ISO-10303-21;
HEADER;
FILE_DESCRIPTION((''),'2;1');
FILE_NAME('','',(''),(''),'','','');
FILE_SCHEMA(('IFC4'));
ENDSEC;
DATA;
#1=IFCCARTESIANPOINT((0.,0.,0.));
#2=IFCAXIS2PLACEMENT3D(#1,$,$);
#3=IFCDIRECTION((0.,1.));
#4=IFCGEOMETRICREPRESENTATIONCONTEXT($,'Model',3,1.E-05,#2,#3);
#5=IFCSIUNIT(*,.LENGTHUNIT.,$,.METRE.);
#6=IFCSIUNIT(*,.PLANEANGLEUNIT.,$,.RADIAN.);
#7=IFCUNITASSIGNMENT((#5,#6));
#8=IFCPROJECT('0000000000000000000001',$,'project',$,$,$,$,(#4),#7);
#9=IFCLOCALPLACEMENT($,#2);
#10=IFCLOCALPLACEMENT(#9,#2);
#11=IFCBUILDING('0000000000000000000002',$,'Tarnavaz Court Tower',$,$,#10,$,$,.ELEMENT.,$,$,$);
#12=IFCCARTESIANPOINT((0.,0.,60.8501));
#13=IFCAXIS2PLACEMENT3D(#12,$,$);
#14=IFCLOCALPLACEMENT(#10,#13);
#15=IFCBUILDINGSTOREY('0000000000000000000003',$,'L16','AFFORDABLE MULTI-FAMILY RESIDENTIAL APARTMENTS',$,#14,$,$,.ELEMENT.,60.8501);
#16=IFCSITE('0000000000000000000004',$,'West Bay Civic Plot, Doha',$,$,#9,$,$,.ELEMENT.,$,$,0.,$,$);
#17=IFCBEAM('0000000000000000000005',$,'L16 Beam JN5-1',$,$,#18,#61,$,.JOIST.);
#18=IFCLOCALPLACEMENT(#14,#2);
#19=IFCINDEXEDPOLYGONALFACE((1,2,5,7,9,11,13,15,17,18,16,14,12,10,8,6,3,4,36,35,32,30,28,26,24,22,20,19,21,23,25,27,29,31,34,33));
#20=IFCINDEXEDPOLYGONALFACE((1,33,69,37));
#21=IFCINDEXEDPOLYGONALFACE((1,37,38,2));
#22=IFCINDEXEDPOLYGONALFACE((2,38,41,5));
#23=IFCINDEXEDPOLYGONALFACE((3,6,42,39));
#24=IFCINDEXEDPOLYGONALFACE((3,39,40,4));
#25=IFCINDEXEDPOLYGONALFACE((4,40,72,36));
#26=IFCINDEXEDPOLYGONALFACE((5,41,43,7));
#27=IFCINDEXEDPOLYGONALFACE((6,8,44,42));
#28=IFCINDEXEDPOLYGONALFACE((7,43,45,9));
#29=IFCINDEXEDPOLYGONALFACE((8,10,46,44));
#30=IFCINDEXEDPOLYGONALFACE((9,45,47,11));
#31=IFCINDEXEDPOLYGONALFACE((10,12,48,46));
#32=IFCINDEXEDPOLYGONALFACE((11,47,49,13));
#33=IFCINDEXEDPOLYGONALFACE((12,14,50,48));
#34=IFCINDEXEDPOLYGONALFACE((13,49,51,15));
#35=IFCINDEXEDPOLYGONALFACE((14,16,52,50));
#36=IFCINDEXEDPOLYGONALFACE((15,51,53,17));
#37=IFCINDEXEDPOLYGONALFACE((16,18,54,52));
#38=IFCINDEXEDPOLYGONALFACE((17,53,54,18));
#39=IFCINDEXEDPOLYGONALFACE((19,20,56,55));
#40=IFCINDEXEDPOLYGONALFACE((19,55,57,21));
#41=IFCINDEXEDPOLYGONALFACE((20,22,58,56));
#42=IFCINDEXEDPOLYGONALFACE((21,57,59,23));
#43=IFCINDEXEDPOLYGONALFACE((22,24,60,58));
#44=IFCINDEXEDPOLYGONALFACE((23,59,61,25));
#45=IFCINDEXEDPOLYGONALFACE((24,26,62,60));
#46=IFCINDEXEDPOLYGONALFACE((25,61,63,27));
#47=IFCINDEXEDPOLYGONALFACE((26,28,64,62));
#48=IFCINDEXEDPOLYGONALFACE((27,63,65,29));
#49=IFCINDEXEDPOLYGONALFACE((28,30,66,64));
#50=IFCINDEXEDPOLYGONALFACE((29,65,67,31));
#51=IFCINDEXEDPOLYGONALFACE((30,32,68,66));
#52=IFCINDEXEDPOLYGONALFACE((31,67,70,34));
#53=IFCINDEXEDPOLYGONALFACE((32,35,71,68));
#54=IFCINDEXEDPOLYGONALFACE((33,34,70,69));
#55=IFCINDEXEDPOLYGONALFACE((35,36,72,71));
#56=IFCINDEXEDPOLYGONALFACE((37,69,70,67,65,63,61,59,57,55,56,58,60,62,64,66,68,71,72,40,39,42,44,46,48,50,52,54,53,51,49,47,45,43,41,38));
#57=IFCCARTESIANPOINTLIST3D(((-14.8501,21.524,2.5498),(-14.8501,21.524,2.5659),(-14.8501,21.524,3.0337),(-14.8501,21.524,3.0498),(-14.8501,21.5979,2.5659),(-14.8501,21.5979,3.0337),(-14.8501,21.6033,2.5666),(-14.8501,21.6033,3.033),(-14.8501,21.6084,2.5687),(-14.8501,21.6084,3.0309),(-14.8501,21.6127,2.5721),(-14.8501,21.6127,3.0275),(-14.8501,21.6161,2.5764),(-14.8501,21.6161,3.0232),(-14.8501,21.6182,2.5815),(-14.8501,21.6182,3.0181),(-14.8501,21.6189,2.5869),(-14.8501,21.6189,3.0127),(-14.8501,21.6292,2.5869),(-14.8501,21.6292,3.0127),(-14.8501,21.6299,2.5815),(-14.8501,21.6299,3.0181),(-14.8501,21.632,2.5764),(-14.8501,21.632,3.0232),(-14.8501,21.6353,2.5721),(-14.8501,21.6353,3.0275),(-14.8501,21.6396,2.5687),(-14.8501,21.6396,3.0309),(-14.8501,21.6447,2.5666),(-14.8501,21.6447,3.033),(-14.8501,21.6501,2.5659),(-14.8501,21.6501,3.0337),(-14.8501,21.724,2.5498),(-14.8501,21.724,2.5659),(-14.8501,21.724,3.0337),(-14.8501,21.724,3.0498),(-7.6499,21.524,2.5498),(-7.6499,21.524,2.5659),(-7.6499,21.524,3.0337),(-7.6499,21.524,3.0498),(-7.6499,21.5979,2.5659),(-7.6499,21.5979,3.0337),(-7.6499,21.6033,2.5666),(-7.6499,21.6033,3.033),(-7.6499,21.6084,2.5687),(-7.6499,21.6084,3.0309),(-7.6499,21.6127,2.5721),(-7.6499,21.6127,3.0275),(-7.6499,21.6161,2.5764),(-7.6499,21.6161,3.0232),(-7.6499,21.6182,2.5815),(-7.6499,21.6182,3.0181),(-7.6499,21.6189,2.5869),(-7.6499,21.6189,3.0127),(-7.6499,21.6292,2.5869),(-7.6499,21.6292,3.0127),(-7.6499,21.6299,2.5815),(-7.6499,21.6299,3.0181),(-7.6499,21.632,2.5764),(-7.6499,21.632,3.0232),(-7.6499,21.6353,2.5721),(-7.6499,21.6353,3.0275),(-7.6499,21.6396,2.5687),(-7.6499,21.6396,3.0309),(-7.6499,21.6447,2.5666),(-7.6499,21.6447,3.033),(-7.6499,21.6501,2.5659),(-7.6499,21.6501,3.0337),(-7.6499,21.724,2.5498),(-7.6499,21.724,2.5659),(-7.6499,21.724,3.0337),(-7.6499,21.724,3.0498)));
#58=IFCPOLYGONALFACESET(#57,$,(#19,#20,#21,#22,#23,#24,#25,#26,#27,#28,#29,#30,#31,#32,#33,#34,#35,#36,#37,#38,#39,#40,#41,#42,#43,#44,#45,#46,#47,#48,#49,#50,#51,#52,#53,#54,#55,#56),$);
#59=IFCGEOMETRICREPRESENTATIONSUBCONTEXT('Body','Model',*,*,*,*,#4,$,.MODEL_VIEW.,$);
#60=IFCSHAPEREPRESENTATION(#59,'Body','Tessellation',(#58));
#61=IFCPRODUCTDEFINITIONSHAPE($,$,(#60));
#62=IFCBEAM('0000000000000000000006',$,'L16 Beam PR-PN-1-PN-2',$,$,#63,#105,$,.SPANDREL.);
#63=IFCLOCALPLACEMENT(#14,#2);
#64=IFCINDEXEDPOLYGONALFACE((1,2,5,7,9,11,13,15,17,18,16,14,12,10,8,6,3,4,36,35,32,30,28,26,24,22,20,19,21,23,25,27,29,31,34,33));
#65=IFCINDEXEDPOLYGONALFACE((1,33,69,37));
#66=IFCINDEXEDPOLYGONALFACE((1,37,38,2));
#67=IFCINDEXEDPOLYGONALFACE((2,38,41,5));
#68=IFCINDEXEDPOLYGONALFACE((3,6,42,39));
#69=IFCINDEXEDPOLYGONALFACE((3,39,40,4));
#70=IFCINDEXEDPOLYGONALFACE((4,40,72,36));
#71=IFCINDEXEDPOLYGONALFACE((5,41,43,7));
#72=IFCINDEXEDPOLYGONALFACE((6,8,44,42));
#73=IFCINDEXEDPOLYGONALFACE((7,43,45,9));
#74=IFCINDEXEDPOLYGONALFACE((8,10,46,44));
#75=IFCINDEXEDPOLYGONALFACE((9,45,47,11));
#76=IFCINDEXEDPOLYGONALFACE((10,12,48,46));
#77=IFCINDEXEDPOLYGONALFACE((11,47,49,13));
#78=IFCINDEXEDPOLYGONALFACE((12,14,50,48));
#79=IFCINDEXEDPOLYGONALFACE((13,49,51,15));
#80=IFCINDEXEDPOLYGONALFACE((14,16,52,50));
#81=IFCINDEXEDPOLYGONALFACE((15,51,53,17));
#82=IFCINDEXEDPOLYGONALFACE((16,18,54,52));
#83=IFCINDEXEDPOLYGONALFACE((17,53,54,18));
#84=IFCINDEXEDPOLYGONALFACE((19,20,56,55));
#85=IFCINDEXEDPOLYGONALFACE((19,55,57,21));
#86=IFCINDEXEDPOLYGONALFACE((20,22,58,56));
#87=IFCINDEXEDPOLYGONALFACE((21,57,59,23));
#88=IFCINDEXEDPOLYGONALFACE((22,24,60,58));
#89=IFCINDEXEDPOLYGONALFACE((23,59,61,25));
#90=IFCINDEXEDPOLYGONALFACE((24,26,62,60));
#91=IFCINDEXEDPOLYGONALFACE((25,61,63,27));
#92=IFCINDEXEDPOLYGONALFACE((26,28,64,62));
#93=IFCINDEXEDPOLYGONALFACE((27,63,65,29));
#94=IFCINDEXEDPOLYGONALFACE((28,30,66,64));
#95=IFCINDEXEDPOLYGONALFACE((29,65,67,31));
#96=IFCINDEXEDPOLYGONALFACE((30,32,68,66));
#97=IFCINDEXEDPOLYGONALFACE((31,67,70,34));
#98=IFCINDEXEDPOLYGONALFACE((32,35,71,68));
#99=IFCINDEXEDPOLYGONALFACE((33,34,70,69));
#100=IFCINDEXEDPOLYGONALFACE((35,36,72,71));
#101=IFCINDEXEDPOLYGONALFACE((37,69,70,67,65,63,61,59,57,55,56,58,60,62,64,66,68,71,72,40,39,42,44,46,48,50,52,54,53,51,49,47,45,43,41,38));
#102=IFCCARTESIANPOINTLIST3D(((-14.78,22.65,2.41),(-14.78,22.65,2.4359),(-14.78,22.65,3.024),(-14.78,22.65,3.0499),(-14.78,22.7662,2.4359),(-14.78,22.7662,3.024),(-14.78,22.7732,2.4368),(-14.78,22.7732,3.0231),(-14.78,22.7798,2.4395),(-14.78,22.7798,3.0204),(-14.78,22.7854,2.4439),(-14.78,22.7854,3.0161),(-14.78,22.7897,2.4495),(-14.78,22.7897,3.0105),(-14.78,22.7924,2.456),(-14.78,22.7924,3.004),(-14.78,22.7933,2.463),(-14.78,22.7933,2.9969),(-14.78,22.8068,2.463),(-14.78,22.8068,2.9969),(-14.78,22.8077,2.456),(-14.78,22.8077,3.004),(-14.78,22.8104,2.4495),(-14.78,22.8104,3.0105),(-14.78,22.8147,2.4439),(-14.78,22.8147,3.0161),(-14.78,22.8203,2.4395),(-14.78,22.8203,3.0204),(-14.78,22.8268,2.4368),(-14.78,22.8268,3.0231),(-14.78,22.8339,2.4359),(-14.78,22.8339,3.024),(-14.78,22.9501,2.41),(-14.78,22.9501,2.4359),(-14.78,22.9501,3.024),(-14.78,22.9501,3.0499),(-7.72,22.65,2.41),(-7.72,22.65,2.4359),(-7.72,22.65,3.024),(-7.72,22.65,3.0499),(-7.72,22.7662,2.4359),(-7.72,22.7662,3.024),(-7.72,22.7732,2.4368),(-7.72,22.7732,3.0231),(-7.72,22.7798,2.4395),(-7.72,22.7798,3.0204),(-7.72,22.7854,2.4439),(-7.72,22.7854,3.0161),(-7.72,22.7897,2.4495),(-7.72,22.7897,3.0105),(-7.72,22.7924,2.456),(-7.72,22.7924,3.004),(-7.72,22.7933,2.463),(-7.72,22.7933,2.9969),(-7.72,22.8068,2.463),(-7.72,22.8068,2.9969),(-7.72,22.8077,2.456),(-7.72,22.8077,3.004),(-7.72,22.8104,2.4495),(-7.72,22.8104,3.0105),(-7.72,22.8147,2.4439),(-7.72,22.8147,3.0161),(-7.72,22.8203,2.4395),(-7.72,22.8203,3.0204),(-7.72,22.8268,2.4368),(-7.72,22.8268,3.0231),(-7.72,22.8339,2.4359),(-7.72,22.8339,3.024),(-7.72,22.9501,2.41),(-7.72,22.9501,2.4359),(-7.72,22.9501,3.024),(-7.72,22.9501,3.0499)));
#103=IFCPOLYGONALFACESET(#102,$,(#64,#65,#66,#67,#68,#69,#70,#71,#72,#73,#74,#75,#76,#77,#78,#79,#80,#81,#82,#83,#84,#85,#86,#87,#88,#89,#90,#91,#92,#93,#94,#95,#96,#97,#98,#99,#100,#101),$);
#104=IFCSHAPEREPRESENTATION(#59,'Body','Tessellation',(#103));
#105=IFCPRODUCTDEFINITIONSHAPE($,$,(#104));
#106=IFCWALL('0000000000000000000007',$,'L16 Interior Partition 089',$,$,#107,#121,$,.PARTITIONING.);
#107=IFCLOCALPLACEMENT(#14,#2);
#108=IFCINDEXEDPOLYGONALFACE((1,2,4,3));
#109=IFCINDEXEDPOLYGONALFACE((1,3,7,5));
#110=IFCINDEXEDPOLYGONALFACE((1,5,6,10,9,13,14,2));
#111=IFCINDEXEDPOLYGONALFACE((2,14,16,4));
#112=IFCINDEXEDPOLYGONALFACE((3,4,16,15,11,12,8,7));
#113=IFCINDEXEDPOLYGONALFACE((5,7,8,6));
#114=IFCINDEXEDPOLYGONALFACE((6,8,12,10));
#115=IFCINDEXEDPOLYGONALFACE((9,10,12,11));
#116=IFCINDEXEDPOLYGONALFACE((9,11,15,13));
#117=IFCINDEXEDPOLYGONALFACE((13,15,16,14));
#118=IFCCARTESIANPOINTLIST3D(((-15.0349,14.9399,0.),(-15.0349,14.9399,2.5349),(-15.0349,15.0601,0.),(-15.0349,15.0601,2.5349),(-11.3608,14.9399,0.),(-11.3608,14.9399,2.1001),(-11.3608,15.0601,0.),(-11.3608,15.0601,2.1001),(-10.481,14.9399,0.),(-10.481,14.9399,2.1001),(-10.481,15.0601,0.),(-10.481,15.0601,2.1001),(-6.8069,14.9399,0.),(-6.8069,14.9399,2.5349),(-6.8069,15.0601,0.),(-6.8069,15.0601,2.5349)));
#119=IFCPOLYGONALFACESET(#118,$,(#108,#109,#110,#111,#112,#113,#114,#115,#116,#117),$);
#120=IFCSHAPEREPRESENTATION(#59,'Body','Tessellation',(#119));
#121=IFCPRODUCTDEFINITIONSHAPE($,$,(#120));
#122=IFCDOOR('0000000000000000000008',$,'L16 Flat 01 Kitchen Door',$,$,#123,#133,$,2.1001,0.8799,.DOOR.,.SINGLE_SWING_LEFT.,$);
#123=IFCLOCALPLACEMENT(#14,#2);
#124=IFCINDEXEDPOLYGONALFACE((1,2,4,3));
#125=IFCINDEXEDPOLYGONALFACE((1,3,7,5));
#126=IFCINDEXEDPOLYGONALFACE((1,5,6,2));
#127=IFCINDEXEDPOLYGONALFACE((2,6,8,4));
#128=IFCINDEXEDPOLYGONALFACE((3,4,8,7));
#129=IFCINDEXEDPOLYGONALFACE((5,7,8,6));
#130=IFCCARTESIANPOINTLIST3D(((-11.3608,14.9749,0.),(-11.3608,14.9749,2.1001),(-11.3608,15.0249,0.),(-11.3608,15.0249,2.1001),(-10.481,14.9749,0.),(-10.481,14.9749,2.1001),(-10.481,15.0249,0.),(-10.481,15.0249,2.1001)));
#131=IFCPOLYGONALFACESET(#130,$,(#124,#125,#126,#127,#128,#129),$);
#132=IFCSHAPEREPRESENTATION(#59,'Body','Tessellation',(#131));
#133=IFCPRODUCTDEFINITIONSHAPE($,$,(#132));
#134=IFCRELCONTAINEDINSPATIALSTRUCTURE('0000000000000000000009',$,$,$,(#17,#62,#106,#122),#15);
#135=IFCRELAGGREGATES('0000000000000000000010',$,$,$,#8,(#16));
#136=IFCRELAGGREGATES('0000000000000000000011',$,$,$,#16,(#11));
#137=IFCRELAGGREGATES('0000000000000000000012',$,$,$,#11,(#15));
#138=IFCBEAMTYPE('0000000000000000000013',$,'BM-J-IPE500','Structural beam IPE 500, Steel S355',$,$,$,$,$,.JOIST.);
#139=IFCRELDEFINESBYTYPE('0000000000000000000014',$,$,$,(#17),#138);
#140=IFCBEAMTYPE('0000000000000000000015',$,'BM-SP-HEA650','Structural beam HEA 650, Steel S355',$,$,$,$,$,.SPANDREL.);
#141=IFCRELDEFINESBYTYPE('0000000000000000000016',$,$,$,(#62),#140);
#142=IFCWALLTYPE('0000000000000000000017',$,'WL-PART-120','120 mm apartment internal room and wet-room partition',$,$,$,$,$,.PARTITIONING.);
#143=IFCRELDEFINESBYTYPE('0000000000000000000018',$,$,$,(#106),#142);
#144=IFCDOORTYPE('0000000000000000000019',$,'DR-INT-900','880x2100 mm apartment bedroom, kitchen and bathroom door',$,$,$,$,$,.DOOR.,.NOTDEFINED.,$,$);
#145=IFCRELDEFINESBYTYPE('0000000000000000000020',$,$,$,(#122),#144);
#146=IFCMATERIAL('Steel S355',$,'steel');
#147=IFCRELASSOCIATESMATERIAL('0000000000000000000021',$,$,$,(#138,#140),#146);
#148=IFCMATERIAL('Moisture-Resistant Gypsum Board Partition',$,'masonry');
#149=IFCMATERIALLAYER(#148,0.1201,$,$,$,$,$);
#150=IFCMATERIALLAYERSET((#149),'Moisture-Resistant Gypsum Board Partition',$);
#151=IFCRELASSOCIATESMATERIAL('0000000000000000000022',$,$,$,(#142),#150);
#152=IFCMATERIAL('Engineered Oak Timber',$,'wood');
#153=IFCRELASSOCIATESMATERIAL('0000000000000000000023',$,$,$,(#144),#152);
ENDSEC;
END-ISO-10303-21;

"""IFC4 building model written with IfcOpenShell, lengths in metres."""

from ifc_helpers import new_model, si_unit, direction, frame, frame_2d, origin, origin_2d, place, context, subcontext, project, spatial, rectangle, i_section, extrude, material, layer, layer_set, material_profile, profile_set, type_object, element, fill, save


model = new_model("IFC4")

# Units and contexts
model_context = context("Model", 3, precision=1e-05, world=origin(), true_north=direction((0.0, 1.0)))
body_context = subcontext(model_context, "Body", "Model", "MODEL_VIEW")
ifc_project = project(units=[si_unit("LENGTHUNIT", "METRE"), si_unit("PLANEANGLEUNIT", "RADIAN")], contexts=[model_context])

# Site, building, storey
site_placement = place(None, origin())
site = spatial("IfcSite", under=ifc_project, at=site_placement, Name="West Bay Civic Plot, Doha", CompositionType="ELEMENT", RefElevation=0.0)
building_placement = place(site_placement, origin())
building = spatial("IfcBuilding", under=site, at=building_placement, Name="Tarnavaz Court Tower", CompositionType="ELEMENT")
storey_placement = place(building_placement, frame((0.0, 0.0, 60.8501)))
storey = spatial("IfcBuildingStorey", under=building, at=storey_placement, Name="L16", Description="AFFORDABLE MULTI-FAMILY RESIDENTIAL APARTMENTS", CompositionType="ELEMENT", Elevation=60.8501)

# Beams
ifc_material_1 = material(Name="Steel S355", Category="steel")
ifc_material_profile_1 = material_profile(ifc_material_1, i_section(OverallWidth=0.2, OverallDepth=0.5, WebThickness=0.0103, FlangeThickness=0.0161, FilletRadius=0.021, at=origin_2d()), Name="IPE 500")
ifc_profile_set_1 = profile_set([ifc_material_profile_1], Name="Steel S355")
beam_type_1 = type_object("IfcBeamType", Name="BM-J-IPE500", Description="Structural beam IPE 500, Steel S355", PredefinedType="JOIST", material=ifc_profile_set_1)
for number, where, z_axis, x_axis, name in (
    (1, (-14.8501, 21.624, 2.7998), (1.0, 0.0, 0.0), (0.0, 1.0, 0.0), "L16 Beam JN5-1"),
):
    element("IfcBeam", number, at=place(storey_placement, frame(where, z_axis=z_axis, x_axis=x_axis)), inside=storey, type_object=beam_type_1, Name=name, PredefinedType="JOIST", context=body_context, shape_type="SweptSolid", body=[
        extrude(i_section(OverallWidth=0.2, OverallDepth=0.5, WebThickness=0.0103, FlangeThickness=0.0161, FilletRadius=0.021, at=origin_2d()), origin(), (0.0, 0.0, 1.0), 7.2002),
    ])
ifc_material_profile_2 = material_profile(ifc_material_1, i_section(OverallWidth=0.3, OverallDepth=0.6399, WebThickness=0.0134, FlangeThickness=0.0259, FilletRadius=0.0271, at=origin_2d()), Name="HEA 650")
ifc_profile_set_2 = profile_set([ifc_material_profile_2], Name="Steel S355")
beam_type_2 = type_object("IfcBeamType", Name="BM-SP-HEA650", Description="Structural beam HEA 650, Steel S355", PredefinedType="SPANDREL", material=ifc_profile_set_2)
beam_placement = place(storey_placement, frame((-14.78, 22.8, 2.73), z_axis=(1.0, 0.0, 0.0), x_axis=(0.0, 1.0, 0.0)))
element("IfcBeam", 2, at=beam_placement, inside=storey, type_object=beam_type_2, Name="L16 Beam PR-PN-1-PN-2", PredefinedType="SPANDREL", context=body_context, shape_type="SweptSolid", body=[
    extrude(i_section(OverallWidth=0.3, OverallDepth=0.6399, WebThickness=0.0134, FlangeThickness=0.0259, FilletRadius=0.0271, at=origin_2d()), origin(), (0.0, 0.0, 1.0), 7.0601),
])

# Wall, opening, door
ifc_material_2 = material(Name="Moisture-Resistant Gypsum Board Partition", Category="masonry")
ifc_layer = layer(ifc_material_2, 0.1201)
ifc_layer_set = layer_set([ifc_layer], Name="Moisture-Resistant Gypsum Board Partition")
wall_type = type_object("IfcWallType", Name="WL-PART-120", Description="120 mm apartment internal room and wet-room partition", PredefinedType="PARTITIONING", material=ifc_layer_set)
wall_1_placement = place(storey_placement, frame((-15.0349, 15.0, 0.0), z_axis=(0.0, 0.0, 1.0), x_axis=(1.0, 0.0, 0.0)))
wall_1 = element("IfcWall", 3, at=wall_1_placement, inside=storey, type_object=wall_type, Name="L16 Interior Partition 089", PredefinedType="PARTITIONING", context=body_context, shape_type="SweptSolid", body=[
    extrude(rectangle(XDim=8.228, YDim=0.1201, at=frame_2d((4.114, 0.0))), origin(), (0.0, 0.0, 1.0), 2.5349),
])
opening_1_placement = place(wall_1_placement, frame((3.6741, 0.0, 0.0)))
opening_1 = element("IfcOpeningElement", 4, at=opening_1_placement, cuts=wall_1, PredefinedType="OPENING", context=body_context, shape_type="SweptSolid", body=[
    extrude(rectangle(XDim=0.8799, YDim=2.1001, at=frame_2d((0.4399, 1.05))), frame((0.0, 0.0701, 0.0), z_axis=(0.0, -1.0, 0.0), x_axis=(1.0, 0.0, 0.0)), (0.0, 0.0, 1.0), 0.1401),
])
ifc_material_3 = material(Name="Engineered Oak Timber", Category="wood")
door_type = type_object("IfcDoorType", Name="DR-INT-900", Description="880x2100 mm apartment bedroom, kitchen and bathroom door", OperationType="NOTDEFINED", PredefinedType="DOOR", material=ifc_material_3)
door_1_placement = place(opening_1_placement, origin())
door_1 = element("IfcDoor", 5, at=door_1_placement, inside=storey, type_object=door_type, Name="L16 Flat 01 Kitchen Door", OperationType="SINGLE_SWING_LEFT", OverallHeight=2.1001, OverallWidth=0.8799, PredefinedType="DOOR", context=body_context, shape_type="SweptSolid", body=[
    extrude(rectangle(XDim=0.8799, YDim=2.1001, at=frame_2d((0.4399, 1.05))), frame((0.0, 0.0249, 0.0), z_axis=(0.0, -1.0, 0.0), x_axis=(1.0, 0.0, 0.0)), (0.0, 0.0, 1.0), 0.05),
])
fill(opening_1, door_1)

save(model, "model.ifc")
